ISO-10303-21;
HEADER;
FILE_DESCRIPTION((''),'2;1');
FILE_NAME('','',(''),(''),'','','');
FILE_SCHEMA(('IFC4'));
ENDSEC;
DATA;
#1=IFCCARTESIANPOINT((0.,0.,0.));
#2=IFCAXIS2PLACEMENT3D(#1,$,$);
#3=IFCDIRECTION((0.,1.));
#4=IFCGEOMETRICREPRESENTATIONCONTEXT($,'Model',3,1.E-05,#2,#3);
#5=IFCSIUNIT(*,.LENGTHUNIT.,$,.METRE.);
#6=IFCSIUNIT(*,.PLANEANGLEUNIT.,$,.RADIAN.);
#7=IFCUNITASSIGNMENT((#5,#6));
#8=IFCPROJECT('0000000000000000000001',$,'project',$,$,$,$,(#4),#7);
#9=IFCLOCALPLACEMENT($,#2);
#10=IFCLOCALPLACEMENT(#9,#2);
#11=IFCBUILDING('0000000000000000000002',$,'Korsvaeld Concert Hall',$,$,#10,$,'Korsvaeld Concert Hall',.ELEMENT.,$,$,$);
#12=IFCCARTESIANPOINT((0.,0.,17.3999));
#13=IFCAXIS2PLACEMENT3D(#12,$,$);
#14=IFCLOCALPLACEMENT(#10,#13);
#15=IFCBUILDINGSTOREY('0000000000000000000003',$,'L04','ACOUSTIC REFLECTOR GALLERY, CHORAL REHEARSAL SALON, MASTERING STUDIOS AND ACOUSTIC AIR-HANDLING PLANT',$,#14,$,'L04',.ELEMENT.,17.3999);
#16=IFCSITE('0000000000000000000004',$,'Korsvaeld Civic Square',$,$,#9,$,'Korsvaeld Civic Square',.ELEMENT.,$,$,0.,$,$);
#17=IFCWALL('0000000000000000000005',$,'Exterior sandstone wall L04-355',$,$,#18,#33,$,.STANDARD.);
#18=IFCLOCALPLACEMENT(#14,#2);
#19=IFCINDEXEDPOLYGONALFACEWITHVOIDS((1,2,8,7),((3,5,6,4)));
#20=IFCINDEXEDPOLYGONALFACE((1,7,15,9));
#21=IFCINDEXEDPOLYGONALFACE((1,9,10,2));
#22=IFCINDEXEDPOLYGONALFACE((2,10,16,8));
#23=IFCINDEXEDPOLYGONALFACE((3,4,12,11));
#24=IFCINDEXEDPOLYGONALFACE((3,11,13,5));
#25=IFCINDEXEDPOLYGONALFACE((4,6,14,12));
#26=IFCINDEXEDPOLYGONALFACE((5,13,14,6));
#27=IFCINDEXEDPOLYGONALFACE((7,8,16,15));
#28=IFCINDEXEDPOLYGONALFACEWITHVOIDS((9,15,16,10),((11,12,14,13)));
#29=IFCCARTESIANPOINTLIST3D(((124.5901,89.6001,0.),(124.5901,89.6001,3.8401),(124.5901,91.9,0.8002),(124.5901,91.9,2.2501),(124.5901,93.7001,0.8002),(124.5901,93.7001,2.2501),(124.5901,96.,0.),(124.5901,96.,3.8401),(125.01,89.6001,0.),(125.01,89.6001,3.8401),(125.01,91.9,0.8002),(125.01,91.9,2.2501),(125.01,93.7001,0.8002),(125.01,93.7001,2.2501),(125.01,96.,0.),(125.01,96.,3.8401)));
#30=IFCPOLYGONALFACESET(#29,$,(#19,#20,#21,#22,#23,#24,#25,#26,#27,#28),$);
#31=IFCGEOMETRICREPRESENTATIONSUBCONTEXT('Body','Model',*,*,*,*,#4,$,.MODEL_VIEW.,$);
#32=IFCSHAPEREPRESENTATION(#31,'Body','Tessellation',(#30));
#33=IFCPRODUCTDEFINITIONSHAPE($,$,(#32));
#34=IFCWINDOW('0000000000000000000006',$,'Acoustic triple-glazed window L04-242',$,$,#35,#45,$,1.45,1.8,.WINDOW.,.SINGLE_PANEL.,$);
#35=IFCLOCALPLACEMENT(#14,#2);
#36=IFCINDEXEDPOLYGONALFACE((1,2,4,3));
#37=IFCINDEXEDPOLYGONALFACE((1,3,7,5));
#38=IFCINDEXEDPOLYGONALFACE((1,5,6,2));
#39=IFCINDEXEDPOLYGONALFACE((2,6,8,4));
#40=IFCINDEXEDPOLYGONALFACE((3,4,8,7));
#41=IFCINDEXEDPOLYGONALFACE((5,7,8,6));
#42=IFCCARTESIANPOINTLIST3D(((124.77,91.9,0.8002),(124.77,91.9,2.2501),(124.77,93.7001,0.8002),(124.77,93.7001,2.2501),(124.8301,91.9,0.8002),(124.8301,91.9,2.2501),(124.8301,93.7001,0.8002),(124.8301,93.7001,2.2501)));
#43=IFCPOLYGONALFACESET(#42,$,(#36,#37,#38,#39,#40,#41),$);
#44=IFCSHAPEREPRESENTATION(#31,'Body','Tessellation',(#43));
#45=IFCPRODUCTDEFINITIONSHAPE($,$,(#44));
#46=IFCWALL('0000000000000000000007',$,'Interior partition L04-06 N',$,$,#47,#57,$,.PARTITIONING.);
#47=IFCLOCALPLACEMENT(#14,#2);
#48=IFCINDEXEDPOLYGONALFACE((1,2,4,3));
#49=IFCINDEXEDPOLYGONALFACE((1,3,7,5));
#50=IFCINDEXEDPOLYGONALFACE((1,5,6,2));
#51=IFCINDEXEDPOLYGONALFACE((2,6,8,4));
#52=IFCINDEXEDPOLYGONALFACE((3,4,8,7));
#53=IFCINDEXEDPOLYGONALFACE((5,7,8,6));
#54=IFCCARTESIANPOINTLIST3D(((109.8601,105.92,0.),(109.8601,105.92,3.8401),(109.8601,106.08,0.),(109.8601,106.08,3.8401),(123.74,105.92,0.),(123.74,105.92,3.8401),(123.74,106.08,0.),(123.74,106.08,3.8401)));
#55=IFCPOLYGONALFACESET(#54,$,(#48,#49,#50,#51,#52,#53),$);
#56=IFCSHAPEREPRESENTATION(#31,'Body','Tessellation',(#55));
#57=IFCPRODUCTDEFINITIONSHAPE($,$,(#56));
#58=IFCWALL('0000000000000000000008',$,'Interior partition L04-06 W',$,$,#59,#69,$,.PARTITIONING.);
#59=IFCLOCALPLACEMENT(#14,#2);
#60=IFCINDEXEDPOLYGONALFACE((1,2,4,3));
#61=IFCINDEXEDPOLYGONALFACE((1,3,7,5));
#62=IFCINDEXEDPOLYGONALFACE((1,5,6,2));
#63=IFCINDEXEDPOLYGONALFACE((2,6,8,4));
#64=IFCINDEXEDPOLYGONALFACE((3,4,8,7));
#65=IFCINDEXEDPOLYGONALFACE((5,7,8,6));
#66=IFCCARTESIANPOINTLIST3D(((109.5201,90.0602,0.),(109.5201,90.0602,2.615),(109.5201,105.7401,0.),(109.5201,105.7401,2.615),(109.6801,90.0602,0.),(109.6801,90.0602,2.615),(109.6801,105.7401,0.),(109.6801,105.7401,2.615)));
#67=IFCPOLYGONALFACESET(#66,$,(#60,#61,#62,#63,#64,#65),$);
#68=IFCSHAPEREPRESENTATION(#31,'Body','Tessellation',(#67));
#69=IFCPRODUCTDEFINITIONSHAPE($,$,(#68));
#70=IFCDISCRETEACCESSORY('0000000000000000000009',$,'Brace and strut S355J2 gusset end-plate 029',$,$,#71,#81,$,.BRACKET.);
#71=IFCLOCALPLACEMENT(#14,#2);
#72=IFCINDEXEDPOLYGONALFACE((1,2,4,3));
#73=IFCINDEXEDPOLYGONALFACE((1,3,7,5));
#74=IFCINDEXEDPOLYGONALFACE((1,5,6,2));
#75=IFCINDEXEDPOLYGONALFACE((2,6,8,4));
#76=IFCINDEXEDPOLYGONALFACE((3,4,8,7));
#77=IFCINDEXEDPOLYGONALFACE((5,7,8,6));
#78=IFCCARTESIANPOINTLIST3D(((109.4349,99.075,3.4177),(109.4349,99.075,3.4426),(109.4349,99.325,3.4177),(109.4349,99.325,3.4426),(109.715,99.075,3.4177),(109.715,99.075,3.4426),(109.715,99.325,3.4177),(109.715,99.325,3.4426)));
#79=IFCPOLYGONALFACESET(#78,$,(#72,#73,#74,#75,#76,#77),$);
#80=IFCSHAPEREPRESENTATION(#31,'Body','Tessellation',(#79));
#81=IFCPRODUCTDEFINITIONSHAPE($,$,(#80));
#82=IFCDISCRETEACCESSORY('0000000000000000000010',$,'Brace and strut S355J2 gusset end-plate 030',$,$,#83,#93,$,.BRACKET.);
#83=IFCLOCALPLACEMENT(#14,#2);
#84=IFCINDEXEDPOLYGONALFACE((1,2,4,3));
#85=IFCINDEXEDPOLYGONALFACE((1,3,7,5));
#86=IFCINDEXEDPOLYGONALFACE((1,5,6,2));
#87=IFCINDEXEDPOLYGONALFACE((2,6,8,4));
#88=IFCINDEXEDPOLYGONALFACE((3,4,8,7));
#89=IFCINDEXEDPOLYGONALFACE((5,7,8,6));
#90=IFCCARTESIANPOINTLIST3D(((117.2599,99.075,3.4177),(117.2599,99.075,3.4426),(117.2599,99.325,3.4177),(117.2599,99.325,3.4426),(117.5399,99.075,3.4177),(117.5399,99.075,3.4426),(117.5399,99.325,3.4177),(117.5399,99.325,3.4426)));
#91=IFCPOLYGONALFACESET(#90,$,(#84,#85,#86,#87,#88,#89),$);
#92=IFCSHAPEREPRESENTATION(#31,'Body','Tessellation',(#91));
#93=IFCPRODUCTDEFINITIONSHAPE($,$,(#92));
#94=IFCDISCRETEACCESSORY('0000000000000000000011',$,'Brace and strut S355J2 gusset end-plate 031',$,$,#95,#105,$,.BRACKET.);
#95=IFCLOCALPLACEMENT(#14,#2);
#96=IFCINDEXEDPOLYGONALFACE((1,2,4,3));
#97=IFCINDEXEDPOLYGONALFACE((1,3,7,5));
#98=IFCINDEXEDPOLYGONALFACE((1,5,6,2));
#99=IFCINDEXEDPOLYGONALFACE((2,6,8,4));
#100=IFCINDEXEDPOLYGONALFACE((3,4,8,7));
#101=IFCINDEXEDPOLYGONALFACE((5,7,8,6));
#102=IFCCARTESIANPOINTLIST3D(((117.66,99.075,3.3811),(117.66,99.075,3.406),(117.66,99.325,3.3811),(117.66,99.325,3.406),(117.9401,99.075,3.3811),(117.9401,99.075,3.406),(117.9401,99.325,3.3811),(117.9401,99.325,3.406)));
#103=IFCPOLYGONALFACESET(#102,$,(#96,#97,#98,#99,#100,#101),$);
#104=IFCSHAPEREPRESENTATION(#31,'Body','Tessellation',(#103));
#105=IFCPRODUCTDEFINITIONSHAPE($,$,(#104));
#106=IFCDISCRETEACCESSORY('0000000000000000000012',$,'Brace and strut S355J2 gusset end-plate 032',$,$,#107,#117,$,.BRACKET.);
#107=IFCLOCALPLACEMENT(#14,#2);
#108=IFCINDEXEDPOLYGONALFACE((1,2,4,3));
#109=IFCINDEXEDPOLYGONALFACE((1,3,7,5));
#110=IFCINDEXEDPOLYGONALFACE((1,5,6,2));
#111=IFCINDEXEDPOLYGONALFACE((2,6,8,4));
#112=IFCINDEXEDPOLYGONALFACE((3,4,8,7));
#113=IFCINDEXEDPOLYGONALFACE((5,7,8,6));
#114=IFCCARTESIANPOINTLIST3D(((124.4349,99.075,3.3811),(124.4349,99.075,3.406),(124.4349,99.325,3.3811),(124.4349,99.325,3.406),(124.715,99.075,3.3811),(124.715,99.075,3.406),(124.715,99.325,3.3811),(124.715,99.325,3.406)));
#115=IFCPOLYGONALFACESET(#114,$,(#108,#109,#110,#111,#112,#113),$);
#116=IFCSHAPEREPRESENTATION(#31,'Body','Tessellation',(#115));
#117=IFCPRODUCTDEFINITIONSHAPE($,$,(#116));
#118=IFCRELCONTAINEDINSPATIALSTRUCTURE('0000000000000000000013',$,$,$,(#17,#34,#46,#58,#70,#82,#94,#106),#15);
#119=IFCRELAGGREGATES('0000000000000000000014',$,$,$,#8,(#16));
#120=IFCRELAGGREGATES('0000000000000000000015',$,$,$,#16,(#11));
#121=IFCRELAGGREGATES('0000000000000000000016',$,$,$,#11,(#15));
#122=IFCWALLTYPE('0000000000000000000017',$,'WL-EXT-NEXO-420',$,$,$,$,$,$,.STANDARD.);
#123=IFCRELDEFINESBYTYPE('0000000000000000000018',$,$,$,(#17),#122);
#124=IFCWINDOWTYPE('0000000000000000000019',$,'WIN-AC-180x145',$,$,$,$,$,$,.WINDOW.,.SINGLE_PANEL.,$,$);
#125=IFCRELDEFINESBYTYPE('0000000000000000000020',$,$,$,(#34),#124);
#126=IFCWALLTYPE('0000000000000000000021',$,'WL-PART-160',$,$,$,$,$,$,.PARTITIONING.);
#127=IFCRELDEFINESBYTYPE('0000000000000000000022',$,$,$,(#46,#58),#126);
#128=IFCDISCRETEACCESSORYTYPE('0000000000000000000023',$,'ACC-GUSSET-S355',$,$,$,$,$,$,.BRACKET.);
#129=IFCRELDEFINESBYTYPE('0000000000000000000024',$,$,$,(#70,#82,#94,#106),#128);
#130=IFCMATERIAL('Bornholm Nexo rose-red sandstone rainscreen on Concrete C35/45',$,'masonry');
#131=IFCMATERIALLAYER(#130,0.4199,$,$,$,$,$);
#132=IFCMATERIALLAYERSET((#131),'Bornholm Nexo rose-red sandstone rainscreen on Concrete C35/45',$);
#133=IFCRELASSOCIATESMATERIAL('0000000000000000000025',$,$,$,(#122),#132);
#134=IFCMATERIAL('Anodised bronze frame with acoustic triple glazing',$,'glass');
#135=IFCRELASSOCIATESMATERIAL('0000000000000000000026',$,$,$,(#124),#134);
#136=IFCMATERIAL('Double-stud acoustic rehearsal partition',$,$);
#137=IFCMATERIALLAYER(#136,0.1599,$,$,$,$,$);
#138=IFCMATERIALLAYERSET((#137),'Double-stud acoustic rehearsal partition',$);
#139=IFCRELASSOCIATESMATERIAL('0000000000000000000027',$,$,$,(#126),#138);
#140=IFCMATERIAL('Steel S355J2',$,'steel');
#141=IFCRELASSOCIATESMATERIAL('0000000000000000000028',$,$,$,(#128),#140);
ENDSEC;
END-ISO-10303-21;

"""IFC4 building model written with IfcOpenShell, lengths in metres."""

from ifc_helpers import new_model, si_unit, direction, frame, frame_2d, origin, origin_2d, place, context, subcontext, project, spatial, rectangle, extrude, material, layer, layer_set, type_object, element, fill, save


model = new_model("IFC4")

# Units and contexts
model_context = context("Model", 3, precision=1e-05, world=origin(), true_north=direction((0.0, 1.0)))
body_context = subcontext(model_context, "Body", "Model", "MODEL_VIEW")
ifc_project = project(units=[si_unit("LENGTHUNIT", "METRE"), si_unit("PLANEANGLEUNIT", "RADIAN")], contexts=[model_context])

# Site, building, storey
site_placement = place(None, origin())
site = spatial("IfcSite", under=ifc_project, at=site_placement, Name="Korsvaeld Civic Square", LongName="Korsvaeld Civic Square", CompositionType="ELEMENT", RefElevation=0.0)
building_placement = place(site_placement, origin())
building = spatial("IfcBuilding", under=site, at=building_placement, Name="Korsvaeld Concert Hall", LongName="Korsvaeld Concert Hall", CompositionType="ELEMENT")
storey_placement = place(building_placement, frame((0.0, 0.0, 17.3999)))
storey = spatial("IfcBuildingStorey", under=building, at=storey_placement, Name="L04", Description="ACOUSTIC REFLECTOR GALLERY, CHORAL REHEARSAL SALON, MASTERING STUDIOS AND ACOUSTIC AIR-HANDLING PLANT", LongName="L04", CompositionType="ELEMENT", Elevation=17.3999)

# Shared definitions
ifc_material_1 = material(Name="Steel S355J2", Category="steel")

# Wall, opening, window
ifc_material_2 = material(Name="Bornholm Nexo rose-red sandstone rainscreen on Concrete C35/45", Category="masonry")
ifc_layer_1 = layer(ifc_material_2, 0.4199)
ifc_layer_set_1 = layer_set([ifc_layer_1], Name="Bornholm Nexo rose-red sandstone rainscreen on Concrete C35/45")
wall_type_1 = type_object("IfcWallType", Name="WL-EXT-NEXO-420", PredefinedType="STANDARD", material=ifc_layer_set_1)
wall_1_placement = place(storey_placement, frame((124.8, 96.0, 0.0), z_axis=(0.0, 0.0, 1.0), x_axis=(0.0, -1.0, 0.0)))
wall_1 = element("IfcWall", 1, at=wall_1_placement, inside=storey, type_object=wall_type_1, Name="Exterior sandstone wall L04-355", PredefinedType="STANDARD", context=body_context, shape_type="SweptSolid", body=[
    extrude(rectangle(XDim=6.3999, YDim=0.4199, at=frame_2d((3.2, 0.0))), origin(), (0.0, 0.0, 1.0), 3.8401),
])
opening_1_placement = place(wall_1_placement, frame((2.3, 0.0, 0.8)))
opening_1 = element("IfcOpeningElement", 2, at=opening_1_placement, cuts=wall_1, PredefinedType="OPENING", context=body_context, shape_type="SweptSolid", body=[
    extrude(rectangle(XDim=1.8, YDim=1.45, at=frame_2d((0.8999, 0.7251))), frame((0.0, 0.22, 0.0), z_axis=(0.0, -1.0, 0.0), x_axis=(1.0, 0.0, 0.0)), (0.0, 0.0, 1.0), 0.4399),
])
ifc_material_3 = material(Name="Anodised bronze frame with acoustic triple glazing", Category="glass")
window_type = type_object("IfcWindowType", Name="WIN-AC-180x145", PartitioningType="SINGLE_PANEL", PredefinedType="WINDOW", material=ifc_material_3)
window_placement = place(opening_1_placement, origin())
window = element("IfcWindow", 3, at=window_placement, inside=storey, type_object=window_type, Name="Acoustic triple-glazed window L04-242", OverallHeight=1.45, OverallWidth=1.8, PartitioningType="SINGLE_PANEL", PredefinedType="WINDOW", context=body_context, shape_type="SweptSolid", body=[
    extrude(rectangle(XDim=1.8, YDim=1.45, at=frame_2d((0.8999, 0.7251))), frame((0.0, 0.03, 0.0), z_axis=(0.0, -1.0, 0.0), x_axis=(1.0, 0.0, 0.0)), (0.0, 0.0, 1.0), 0.0601),
])
fill(opening_1, window)

# Walls
ifc_material_4 = material(Name="Double-stud acoustic rehearsal partition")
ifc_layer_2 = layer(ifc_material_4, 0.1599)
ifc_layer_set_2 = layer_set([ifc_layer_2], Name="Double-stud acoustic rehearsal partition")
wall_type_2 = type_object("IfcWallType", Name="WL-PART-160", PredefinedType="PARTITIONING", material=ifc_layer_set_2)
wall_2_placement = place(storey_placement, frame((123.74, 106.0, 0.0), z_axis=(0.0, 0.0, 1.0), x_axis=(-1.0, 0.0, 0.0)))
element("IfcWall", 4, at=wall_2_placement, inside=storey, type_object=wall_type_2, Name="Interior partition L04-06 N", PredefinedType="PARTITIONING", context=body_context, shape_type="SweptSolid", body=[
    extrude(rectangle(XDim=13.8799, YDim=0.1599, at=frame_2d((6.9399, 0.0))), origin(), (0.0, 0.0, 1.0), 3.8401),
])
wall_3_placement = place(storey_placement, frame((109.6001, 105.74, 0.0), z_axis=(0.0, 0.0, 1.0), x_axis=(0.0, -1.0, 0.0)))
element("IfcWall", 5, at=wall_3_placement, inside=storey, type_object=wall_type_2, Name="Interior partition L04-06 W", PredefinedType="PARTITIONING", context=body_context, shape_type="SweptSolid", body=[
    extrude(rectangle(XDim=15.6799, YDim=0.1599, at=frame_2d((7.8398, 0.0))), origin(), (0.0, 0.0, 1.0), 2.615),
])

# Discrete accessories
discrete_accessory_type = type_object("IfcDiscreteAccessoryType", Name="ACC-GUSSET-S355", PredefinedType="BRACKET", material=ifc_material_1)
for number, where, z_axis, x_axis, name in (
    (6, (109.575, 99.2, 3.4177), (0.0, 0.0, 1.0), (1.0, 0.0, 0.0), "Brace and strut S355J2 gusset end-plate 029"),
    (7, (117.3999, 99.2, 3.4177), (0.0, 0.0, 1.0), (1.0, 0.0, 0.0), "Brace and strut S355J2 gusset end-plate 030"),
    (8, (117.8, 99.2, 3.3811), (0.0, 0.0, 1.0), (1.0, 0.0, 0.0), "Brace and strut S355J2 gusset end-plate 031"),
    (9, (124.575, 99.2, 3.3811), (0.0, 0.0, 1.0), (1.0, 0.0, 0.0), "Brace and strut S355J2 gusset end-plate 032"),
):
    element("IfcDiscreteAccessory", number, at=place(storey_placement, frame(where, z_axis=z_axis, x_axis=x_axis)), inside=storey, type_object=discrete_accessory_type, Name=name, PredefinedType="BRACKET", context=body_context, shape_type="SweptSolid", body=[
        extrude(rectangle(XDim=0.28, YDim=0.25, at=origin_2d()), origin(), (0.0, 0.0, 1.0), 0.0249),
    ])

save(model, "model.ifc")
